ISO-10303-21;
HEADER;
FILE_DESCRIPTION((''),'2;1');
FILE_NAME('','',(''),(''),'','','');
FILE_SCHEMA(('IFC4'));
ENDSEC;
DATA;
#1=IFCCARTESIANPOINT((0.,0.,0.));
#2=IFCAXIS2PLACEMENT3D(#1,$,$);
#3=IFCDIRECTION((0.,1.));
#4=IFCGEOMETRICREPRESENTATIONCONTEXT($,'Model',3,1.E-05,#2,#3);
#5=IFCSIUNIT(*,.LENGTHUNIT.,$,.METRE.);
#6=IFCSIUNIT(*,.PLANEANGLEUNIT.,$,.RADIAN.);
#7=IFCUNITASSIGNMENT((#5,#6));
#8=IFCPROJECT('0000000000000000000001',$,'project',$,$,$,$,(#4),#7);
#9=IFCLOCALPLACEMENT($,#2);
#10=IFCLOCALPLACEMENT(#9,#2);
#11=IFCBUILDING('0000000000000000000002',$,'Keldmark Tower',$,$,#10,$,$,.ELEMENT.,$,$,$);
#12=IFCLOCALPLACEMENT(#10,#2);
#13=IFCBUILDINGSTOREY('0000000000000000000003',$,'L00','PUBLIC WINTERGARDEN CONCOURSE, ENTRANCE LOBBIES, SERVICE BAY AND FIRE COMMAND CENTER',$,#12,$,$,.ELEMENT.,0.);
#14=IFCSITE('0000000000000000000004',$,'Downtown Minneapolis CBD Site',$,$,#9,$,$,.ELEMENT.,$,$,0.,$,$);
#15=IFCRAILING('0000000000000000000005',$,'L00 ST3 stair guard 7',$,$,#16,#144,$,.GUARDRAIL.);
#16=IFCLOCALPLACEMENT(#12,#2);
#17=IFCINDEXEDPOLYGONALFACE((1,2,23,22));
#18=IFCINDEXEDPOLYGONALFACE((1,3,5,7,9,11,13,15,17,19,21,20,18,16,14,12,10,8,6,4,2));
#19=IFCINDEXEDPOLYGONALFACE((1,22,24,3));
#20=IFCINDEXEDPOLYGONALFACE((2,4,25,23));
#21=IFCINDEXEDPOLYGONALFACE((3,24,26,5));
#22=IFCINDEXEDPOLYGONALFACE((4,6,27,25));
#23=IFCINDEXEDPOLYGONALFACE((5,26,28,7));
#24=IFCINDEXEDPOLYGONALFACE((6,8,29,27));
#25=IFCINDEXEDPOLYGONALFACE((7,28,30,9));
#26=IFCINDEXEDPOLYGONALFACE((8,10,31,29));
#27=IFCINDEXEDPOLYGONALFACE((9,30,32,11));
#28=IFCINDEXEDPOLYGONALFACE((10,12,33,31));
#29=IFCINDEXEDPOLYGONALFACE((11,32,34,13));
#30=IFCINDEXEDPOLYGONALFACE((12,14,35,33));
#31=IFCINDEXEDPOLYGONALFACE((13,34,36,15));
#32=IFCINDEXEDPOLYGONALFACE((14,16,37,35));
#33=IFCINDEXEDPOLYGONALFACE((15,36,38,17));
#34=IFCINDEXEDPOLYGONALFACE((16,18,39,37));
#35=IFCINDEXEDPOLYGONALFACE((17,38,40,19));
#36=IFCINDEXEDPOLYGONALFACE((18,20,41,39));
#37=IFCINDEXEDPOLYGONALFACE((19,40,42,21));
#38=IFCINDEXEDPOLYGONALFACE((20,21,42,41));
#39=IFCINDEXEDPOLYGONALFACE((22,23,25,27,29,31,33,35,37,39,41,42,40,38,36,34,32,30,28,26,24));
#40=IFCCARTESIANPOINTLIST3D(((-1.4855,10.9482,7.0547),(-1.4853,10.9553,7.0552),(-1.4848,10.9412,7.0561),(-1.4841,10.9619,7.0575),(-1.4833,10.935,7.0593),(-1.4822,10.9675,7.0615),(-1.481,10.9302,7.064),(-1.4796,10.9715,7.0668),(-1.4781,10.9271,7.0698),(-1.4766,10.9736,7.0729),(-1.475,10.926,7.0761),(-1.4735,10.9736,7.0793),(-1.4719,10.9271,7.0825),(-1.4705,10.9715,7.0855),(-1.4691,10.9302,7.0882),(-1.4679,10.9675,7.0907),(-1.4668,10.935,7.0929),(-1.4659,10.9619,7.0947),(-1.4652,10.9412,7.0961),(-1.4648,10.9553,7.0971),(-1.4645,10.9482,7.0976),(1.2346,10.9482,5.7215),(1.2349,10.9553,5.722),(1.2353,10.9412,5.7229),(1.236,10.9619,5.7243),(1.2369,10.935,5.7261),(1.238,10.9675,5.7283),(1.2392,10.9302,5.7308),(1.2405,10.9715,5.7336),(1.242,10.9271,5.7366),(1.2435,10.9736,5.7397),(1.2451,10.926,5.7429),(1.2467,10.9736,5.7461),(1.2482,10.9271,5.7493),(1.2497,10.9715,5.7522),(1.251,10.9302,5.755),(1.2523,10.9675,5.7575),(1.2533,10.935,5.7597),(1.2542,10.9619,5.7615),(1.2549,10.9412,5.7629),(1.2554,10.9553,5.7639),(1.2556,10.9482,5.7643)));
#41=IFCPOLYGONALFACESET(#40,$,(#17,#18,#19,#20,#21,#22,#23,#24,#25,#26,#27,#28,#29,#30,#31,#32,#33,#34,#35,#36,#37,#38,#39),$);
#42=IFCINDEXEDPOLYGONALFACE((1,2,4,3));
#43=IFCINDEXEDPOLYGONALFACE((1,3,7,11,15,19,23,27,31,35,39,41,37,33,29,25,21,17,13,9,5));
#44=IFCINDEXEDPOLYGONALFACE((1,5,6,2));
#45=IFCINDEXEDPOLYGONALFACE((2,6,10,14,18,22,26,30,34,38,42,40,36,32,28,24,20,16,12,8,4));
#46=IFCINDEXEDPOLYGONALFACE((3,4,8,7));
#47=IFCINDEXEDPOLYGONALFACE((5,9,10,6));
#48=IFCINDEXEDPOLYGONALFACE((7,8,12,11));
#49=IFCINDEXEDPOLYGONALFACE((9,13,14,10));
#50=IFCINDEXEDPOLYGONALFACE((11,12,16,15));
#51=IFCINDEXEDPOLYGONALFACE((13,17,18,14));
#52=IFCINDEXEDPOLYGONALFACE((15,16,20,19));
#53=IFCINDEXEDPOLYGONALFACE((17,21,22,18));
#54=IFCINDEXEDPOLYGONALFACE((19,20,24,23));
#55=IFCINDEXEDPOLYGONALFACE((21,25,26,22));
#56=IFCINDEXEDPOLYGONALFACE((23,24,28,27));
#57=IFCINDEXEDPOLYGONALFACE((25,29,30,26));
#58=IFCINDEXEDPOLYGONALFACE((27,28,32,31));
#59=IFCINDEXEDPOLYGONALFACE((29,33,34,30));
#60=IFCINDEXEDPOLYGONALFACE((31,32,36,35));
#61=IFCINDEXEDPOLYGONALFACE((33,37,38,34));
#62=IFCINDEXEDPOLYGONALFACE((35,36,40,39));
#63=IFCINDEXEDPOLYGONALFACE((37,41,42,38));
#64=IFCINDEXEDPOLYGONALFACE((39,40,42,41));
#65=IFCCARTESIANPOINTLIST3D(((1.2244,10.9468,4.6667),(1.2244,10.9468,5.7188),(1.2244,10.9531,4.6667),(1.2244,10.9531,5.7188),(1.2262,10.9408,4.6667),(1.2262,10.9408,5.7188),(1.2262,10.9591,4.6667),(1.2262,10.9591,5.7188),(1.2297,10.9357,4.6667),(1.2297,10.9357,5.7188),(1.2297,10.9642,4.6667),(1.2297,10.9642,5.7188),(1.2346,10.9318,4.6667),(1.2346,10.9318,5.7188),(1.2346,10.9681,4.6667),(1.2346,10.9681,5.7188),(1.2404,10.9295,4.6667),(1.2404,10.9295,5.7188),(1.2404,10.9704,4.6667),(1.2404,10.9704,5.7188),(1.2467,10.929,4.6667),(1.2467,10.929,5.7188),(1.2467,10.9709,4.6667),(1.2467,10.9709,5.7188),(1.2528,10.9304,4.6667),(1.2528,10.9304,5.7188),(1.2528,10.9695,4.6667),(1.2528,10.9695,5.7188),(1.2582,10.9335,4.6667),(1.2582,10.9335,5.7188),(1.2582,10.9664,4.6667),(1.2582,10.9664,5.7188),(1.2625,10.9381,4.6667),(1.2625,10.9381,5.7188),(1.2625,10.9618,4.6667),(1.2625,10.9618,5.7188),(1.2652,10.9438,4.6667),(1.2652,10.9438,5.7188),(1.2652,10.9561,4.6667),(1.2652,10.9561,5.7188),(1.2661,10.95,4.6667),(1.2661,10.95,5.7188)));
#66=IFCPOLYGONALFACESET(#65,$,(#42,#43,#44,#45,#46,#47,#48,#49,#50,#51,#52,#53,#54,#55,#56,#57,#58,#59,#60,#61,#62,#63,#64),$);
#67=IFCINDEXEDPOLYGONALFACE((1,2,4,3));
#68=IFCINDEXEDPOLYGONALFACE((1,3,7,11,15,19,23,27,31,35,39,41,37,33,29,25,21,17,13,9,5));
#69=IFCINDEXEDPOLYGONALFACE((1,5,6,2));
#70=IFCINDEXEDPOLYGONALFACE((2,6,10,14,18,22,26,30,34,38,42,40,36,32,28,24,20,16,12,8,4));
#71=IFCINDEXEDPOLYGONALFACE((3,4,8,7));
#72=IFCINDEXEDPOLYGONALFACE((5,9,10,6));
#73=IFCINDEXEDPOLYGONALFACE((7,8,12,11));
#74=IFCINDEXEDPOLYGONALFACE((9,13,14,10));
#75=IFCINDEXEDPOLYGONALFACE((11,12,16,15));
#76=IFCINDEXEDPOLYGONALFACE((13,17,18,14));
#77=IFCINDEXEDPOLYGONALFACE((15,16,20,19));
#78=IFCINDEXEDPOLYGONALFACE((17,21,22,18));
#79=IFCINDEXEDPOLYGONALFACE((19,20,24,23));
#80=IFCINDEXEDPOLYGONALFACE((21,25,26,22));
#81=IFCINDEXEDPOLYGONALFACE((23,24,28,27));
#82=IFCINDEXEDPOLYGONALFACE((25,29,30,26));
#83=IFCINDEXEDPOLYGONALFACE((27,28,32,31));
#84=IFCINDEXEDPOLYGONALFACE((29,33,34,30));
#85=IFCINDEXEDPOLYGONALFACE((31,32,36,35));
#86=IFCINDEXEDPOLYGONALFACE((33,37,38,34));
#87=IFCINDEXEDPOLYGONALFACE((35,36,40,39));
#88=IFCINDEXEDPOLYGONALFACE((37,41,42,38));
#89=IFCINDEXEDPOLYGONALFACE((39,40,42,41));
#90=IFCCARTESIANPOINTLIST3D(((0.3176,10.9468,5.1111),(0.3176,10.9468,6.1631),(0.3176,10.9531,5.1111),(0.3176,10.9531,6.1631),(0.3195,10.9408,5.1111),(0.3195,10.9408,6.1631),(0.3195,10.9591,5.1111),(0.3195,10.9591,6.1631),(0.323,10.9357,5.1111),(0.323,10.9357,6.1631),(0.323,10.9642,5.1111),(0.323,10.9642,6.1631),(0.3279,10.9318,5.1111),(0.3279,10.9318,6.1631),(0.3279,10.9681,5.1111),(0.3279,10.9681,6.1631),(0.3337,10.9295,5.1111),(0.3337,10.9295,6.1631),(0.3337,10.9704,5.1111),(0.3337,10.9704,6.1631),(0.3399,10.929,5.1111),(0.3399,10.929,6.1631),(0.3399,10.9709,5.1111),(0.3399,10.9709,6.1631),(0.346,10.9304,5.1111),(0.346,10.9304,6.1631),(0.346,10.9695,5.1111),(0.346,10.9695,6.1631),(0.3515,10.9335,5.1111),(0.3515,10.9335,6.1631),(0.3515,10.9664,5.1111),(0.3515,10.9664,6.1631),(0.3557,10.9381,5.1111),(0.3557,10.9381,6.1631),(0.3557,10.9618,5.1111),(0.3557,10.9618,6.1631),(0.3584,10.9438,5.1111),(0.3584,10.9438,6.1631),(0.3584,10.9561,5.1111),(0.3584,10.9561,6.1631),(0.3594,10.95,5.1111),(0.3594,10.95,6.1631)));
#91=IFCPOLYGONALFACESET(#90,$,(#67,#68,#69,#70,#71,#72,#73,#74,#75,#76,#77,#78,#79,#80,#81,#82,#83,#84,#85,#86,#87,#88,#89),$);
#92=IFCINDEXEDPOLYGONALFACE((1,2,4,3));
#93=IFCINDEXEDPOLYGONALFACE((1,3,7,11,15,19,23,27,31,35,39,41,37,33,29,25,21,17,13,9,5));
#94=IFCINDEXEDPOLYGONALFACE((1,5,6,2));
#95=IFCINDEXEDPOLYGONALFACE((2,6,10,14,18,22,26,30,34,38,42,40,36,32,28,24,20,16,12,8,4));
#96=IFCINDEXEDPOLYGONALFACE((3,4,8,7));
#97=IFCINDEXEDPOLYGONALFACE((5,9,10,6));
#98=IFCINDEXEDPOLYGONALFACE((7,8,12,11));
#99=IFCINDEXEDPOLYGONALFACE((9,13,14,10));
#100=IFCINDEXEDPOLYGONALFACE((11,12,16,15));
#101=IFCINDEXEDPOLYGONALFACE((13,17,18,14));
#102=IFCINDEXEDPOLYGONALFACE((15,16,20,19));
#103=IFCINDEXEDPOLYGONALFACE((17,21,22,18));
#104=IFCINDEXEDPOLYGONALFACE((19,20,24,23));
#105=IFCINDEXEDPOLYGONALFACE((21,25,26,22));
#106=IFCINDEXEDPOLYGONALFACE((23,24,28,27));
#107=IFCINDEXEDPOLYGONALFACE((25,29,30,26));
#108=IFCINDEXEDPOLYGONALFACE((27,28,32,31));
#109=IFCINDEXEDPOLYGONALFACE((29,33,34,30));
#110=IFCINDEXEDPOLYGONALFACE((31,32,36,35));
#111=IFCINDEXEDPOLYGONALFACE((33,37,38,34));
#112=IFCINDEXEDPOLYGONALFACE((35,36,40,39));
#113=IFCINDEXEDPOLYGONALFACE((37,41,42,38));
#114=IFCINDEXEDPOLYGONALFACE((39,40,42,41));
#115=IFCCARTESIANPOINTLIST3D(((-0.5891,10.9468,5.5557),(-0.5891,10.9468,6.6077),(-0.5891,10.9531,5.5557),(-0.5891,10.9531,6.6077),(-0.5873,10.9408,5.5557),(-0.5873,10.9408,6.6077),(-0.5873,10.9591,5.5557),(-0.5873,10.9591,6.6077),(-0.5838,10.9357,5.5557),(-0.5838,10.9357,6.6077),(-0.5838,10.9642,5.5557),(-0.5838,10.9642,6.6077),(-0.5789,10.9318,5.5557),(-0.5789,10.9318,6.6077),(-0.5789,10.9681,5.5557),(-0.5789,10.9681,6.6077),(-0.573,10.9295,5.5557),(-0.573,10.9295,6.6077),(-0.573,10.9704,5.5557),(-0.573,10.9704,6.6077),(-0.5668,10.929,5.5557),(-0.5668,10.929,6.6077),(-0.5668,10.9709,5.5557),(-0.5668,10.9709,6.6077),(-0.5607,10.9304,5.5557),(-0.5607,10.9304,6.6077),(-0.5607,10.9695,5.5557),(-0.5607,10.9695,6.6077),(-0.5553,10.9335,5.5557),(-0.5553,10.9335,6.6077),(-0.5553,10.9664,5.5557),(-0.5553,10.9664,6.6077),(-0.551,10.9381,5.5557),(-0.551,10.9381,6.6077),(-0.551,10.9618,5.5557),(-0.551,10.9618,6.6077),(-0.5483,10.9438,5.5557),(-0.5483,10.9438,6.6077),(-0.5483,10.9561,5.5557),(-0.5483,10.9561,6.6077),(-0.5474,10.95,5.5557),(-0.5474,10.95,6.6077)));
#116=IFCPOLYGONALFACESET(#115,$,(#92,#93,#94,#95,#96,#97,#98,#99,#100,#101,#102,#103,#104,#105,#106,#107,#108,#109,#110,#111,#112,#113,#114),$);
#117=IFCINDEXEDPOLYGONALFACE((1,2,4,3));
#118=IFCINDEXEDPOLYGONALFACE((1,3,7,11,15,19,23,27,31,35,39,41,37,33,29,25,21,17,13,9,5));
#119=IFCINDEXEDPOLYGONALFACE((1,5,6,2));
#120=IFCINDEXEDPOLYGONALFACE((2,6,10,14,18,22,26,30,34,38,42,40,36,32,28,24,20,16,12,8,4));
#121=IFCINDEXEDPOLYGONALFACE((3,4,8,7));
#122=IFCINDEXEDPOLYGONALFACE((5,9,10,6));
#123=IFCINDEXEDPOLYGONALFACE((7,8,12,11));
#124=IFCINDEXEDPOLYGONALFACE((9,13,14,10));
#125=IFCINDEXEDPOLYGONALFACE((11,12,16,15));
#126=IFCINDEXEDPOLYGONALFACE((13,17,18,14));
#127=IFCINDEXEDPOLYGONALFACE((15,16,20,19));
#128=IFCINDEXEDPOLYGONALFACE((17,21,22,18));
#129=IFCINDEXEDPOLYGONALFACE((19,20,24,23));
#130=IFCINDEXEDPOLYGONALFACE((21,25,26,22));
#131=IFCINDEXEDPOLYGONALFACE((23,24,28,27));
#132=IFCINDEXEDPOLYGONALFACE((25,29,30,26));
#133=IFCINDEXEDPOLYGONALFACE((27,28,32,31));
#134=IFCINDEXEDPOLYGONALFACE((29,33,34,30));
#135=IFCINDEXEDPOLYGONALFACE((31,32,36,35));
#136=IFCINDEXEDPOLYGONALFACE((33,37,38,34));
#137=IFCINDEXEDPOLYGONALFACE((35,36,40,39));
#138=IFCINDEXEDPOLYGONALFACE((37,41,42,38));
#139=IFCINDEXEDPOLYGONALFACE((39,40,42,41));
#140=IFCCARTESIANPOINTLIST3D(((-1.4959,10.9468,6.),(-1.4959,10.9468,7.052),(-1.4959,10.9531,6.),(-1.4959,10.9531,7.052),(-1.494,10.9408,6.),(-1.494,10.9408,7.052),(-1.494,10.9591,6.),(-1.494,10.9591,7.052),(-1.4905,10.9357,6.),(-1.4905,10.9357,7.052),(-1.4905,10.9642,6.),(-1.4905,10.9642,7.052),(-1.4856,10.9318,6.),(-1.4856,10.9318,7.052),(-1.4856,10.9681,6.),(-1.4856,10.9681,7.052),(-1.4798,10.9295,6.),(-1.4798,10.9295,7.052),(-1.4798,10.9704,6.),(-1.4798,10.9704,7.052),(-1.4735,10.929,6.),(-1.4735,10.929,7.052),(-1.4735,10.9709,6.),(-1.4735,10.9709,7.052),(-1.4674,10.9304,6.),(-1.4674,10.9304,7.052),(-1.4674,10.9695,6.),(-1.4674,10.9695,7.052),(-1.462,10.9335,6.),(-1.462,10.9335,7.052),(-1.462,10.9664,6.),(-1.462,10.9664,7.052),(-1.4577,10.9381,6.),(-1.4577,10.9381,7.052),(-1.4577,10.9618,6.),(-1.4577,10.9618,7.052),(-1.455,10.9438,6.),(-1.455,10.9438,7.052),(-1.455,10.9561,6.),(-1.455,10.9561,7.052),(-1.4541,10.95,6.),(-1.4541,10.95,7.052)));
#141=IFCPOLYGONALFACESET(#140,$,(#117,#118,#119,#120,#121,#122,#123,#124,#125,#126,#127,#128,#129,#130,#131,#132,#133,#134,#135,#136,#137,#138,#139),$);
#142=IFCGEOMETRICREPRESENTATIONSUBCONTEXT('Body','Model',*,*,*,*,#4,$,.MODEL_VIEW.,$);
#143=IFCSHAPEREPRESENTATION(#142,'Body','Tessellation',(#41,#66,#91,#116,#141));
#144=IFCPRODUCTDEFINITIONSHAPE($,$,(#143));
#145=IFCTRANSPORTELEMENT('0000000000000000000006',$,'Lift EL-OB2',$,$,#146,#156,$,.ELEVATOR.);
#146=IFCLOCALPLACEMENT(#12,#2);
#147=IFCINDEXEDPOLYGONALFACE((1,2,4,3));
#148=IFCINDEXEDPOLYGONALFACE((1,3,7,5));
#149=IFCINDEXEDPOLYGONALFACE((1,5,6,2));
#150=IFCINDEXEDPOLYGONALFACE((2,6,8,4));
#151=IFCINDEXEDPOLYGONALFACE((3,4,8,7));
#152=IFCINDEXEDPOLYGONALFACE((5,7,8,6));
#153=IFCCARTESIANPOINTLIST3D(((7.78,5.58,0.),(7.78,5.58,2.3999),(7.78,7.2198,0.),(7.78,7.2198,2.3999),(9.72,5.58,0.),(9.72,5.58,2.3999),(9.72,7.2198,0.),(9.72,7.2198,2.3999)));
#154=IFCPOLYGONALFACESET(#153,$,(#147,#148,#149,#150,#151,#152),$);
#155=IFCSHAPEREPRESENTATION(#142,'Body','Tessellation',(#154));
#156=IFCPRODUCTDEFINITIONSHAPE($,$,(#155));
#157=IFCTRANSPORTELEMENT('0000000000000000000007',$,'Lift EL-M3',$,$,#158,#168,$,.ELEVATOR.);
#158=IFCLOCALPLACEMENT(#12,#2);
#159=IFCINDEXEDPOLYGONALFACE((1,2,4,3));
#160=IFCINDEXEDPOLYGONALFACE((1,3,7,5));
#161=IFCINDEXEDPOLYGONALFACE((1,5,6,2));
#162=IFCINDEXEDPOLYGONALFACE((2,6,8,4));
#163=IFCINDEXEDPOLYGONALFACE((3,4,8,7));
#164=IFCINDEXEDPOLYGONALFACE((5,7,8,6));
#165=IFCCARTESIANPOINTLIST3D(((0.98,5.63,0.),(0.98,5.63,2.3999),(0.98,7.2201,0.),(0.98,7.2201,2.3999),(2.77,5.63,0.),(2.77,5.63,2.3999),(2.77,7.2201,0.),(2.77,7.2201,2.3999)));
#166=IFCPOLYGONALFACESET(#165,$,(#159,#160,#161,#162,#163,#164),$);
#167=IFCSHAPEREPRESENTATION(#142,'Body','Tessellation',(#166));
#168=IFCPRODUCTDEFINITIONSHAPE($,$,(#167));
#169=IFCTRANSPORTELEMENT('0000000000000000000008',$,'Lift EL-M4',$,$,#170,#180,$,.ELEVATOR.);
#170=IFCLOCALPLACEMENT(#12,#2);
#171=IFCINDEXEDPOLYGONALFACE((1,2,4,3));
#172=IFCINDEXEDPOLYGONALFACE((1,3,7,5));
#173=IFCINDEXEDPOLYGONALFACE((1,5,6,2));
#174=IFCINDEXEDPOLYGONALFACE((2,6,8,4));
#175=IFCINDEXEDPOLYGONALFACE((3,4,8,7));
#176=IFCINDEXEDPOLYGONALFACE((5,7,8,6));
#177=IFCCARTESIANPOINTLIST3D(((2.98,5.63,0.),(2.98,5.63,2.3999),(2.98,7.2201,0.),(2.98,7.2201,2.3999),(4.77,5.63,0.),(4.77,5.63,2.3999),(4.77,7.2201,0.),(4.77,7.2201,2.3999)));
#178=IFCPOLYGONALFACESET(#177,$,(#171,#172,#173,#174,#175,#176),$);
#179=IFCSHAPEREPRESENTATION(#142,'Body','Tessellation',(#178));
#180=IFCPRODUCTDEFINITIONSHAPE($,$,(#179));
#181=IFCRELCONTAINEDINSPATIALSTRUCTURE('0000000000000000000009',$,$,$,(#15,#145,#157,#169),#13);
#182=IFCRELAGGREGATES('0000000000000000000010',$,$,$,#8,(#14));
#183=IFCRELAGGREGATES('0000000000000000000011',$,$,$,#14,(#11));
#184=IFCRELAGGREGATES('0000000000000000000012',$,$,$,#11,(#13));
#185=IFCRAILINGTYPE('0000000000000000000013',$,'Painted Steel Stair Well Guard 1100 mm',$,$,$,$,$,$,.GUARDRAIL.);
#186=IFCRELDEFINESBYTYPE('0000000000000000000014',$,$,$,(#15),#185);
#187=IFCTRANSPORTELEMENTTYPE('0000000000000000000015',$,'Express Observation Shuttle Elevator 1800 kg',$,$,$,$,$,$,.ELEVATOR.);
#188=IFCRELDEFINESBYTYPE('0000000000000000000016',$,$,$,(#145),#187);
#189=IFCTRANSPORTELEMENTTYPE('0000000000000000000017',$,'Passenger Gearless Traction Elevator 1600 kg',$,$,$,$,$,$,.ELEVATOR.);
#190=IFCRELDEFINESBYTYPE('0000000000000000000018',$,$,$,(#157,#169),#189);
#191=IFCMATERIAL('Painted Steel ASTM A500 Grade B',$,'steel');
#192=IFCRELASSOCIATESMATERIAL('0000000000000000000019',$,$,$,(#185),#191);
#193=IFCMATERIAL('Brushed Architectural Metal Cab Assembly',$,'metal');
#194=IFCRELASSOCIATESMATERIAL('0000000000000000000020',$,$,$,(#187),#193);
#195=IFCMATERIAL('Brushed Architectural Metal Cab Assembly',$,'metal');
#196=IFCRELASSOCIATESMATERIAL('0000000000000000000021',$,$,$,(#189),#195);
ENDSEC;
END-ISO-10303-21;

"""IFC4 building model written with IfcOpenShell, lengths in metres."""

from ifc_helpers import new_model, si_unit, direction, frame, origin, origin_2d, place, context, subcontext, project, spatial, rectangle, circle, extrude, material, type_object, element, save


model = new_model("IFC4")

# Units and contexts
model_context = context("Model", 3, precision=1e-05, world=origin(), true_north=direction((0.0, 1.0)))
body_context = subcontext(model_context, "Body", "Model", "MODEL_VIEW")
ifc_project = project(units=[si_unit("LENGTHUNIT", "METRE"), si_unit("PLANEANGLEUNIT", "RADIAN")], contexts=[model_context])

# Site, building, storey
site_placement = place(None, origin())
site = spatial("IfcSite", under=ifc_project, at=site_placement, Name="Downtown Minneapolis CBD Site", CompositionType="ELEMENT", RefElevation=0.0)
building_placement = place(site_placement, origin())
building = spatial("IfcBuilding", under=site, at=building_placement, Name="Keldmark Tower", CompositionType="ELEMENT")
storey_placement = place(building_placement, origin())
storey = spatial("IfcBuildingStorey", under=building, at=storey_placement, Name="L00", Description="PUBLIC WINTERGARDEN CONCOURSE, ENTRANCE LOBBIES, SERVICE BAY AND FIRE COMMAND CENTER", CompositionType="ELEMENT", Elevation=0.0)

# Railing
ifc_material_1 = material(Name="Painted Steel ASTM A500 Grade B", Category="steel")
railing_type = type_object("IfcRailingType", Name="Painted Steel Stair Well Guard 1100 mm", PredefinedType="GUARDRAIL", material=ifc_material_1)
railing_1_placement = place(storey_placement, frame((1.2451, 10.95, 4.6667)))
element("IfcRailing", 1, at=railing_1_placement, inside=storey, type_object=railing_type, Name="L00 ST3 stair guard 7", PredefinedType="GUARDRAIL", context=body_context, shape_type="SweptSolid", body=[
    extrude(circle(Radius=0.0239, at=origin_2d()), frame((0.0, 0.0, 1.0762), z_axis=(-0.897945, 0.0, 0.440108), x_axis=(0.0, -1.0, 0.0)), (0.0, 0.0, 1.0), 3.0293),
    extrude(circle(Radius=0.021, at=origin_2d()), origin(), (0.0, 0.0, 1.0), 1.052),
    extrude(circle(Radius=0.021, at=origin_2d()), frame((-0.9067, 0.0, 0.4443)), (0.0, 0.0, 1.0), 1.052),
    extrude(circle(Radius=0.021, at=origin_2d()), frame((-1.8135, 0.0, 0.8889)), (0.0, 0.0, 1.0), 1.052),
    extrude(circle(Radius=0.021, at=origin_2d()), frame((-2.7202, 0.0, 1.3333)), (0.0, 0.0, 1.0), 1.052),
])

# Transport elements
ifc_material_2 = material(Name="Brushed Architectural Metal Cab Assembly", Category="metal")
transport_element_type_1 = type_object("IfcTransportElementType", Name="Express Observation Shuttle Elevator 1800 kg", PredefinedType="ELEVATOR", material=ifc_material_2)
transport_element_placement = place(storey_placement, frame((8.75, 6.3999, 0.0), z_axis=(0.0, 0.0, 1.0), x_axis=(1.0, 0.0, 0.0)))
element("IfcTransportElement", 2, at=transport_element_placement, inside=storey, type_object=transport_element_type_1, Name="Lift EL-OB2", PredefinedType="ELEVATOR", context=body_context, shape_type="SweptSolid", body=[
    extrude(rectangle(XDim=1.9399, YDim=1.6399, at=origin_2d()), origin(), (0.0, 0.0, 1.0), 2.3999),
])
ifc_material_3 = material(Name="Brushed Architectural Metal Cab Assembly", Category="metal")
transport_element_type_2 = type_object("IfcTransportElementType", Name="Passenger Gearless Traction Elevator 1600 kg", PredefinedType="ELEVATOR", material=ifc_material_3)
for number, where, z_axis, x_axis, name in (
    (3, (1.875, 6.425, 0.0), (0.0, 0.0, 1.0), (1.0, 0.0, 0.0), "Lift EL-M3"),
    (4, (3.875, 6.425, 0.0), (0.0, 0.0, 1.0), (1.0, 0.0, 0.0), "Lift EL-M4"),
):
    element("IfcTransportElement", number, at=place(storey_placement, frame(where, z_axis=z_axis, x_axis=x_axis)), inside=storey, type_object=transport_element_type_2, Name=name, PredefinedType="ELEVATOR", context=body_context, shape_type="SweptSolid", body=[
        extrude(rectangle(XDim=1.79, YDim=1.5901, at=origin_2d()), origin(), (0.0, 0.0, 1.0), 2.3999),
    ])

save(model, "model.ifc")
